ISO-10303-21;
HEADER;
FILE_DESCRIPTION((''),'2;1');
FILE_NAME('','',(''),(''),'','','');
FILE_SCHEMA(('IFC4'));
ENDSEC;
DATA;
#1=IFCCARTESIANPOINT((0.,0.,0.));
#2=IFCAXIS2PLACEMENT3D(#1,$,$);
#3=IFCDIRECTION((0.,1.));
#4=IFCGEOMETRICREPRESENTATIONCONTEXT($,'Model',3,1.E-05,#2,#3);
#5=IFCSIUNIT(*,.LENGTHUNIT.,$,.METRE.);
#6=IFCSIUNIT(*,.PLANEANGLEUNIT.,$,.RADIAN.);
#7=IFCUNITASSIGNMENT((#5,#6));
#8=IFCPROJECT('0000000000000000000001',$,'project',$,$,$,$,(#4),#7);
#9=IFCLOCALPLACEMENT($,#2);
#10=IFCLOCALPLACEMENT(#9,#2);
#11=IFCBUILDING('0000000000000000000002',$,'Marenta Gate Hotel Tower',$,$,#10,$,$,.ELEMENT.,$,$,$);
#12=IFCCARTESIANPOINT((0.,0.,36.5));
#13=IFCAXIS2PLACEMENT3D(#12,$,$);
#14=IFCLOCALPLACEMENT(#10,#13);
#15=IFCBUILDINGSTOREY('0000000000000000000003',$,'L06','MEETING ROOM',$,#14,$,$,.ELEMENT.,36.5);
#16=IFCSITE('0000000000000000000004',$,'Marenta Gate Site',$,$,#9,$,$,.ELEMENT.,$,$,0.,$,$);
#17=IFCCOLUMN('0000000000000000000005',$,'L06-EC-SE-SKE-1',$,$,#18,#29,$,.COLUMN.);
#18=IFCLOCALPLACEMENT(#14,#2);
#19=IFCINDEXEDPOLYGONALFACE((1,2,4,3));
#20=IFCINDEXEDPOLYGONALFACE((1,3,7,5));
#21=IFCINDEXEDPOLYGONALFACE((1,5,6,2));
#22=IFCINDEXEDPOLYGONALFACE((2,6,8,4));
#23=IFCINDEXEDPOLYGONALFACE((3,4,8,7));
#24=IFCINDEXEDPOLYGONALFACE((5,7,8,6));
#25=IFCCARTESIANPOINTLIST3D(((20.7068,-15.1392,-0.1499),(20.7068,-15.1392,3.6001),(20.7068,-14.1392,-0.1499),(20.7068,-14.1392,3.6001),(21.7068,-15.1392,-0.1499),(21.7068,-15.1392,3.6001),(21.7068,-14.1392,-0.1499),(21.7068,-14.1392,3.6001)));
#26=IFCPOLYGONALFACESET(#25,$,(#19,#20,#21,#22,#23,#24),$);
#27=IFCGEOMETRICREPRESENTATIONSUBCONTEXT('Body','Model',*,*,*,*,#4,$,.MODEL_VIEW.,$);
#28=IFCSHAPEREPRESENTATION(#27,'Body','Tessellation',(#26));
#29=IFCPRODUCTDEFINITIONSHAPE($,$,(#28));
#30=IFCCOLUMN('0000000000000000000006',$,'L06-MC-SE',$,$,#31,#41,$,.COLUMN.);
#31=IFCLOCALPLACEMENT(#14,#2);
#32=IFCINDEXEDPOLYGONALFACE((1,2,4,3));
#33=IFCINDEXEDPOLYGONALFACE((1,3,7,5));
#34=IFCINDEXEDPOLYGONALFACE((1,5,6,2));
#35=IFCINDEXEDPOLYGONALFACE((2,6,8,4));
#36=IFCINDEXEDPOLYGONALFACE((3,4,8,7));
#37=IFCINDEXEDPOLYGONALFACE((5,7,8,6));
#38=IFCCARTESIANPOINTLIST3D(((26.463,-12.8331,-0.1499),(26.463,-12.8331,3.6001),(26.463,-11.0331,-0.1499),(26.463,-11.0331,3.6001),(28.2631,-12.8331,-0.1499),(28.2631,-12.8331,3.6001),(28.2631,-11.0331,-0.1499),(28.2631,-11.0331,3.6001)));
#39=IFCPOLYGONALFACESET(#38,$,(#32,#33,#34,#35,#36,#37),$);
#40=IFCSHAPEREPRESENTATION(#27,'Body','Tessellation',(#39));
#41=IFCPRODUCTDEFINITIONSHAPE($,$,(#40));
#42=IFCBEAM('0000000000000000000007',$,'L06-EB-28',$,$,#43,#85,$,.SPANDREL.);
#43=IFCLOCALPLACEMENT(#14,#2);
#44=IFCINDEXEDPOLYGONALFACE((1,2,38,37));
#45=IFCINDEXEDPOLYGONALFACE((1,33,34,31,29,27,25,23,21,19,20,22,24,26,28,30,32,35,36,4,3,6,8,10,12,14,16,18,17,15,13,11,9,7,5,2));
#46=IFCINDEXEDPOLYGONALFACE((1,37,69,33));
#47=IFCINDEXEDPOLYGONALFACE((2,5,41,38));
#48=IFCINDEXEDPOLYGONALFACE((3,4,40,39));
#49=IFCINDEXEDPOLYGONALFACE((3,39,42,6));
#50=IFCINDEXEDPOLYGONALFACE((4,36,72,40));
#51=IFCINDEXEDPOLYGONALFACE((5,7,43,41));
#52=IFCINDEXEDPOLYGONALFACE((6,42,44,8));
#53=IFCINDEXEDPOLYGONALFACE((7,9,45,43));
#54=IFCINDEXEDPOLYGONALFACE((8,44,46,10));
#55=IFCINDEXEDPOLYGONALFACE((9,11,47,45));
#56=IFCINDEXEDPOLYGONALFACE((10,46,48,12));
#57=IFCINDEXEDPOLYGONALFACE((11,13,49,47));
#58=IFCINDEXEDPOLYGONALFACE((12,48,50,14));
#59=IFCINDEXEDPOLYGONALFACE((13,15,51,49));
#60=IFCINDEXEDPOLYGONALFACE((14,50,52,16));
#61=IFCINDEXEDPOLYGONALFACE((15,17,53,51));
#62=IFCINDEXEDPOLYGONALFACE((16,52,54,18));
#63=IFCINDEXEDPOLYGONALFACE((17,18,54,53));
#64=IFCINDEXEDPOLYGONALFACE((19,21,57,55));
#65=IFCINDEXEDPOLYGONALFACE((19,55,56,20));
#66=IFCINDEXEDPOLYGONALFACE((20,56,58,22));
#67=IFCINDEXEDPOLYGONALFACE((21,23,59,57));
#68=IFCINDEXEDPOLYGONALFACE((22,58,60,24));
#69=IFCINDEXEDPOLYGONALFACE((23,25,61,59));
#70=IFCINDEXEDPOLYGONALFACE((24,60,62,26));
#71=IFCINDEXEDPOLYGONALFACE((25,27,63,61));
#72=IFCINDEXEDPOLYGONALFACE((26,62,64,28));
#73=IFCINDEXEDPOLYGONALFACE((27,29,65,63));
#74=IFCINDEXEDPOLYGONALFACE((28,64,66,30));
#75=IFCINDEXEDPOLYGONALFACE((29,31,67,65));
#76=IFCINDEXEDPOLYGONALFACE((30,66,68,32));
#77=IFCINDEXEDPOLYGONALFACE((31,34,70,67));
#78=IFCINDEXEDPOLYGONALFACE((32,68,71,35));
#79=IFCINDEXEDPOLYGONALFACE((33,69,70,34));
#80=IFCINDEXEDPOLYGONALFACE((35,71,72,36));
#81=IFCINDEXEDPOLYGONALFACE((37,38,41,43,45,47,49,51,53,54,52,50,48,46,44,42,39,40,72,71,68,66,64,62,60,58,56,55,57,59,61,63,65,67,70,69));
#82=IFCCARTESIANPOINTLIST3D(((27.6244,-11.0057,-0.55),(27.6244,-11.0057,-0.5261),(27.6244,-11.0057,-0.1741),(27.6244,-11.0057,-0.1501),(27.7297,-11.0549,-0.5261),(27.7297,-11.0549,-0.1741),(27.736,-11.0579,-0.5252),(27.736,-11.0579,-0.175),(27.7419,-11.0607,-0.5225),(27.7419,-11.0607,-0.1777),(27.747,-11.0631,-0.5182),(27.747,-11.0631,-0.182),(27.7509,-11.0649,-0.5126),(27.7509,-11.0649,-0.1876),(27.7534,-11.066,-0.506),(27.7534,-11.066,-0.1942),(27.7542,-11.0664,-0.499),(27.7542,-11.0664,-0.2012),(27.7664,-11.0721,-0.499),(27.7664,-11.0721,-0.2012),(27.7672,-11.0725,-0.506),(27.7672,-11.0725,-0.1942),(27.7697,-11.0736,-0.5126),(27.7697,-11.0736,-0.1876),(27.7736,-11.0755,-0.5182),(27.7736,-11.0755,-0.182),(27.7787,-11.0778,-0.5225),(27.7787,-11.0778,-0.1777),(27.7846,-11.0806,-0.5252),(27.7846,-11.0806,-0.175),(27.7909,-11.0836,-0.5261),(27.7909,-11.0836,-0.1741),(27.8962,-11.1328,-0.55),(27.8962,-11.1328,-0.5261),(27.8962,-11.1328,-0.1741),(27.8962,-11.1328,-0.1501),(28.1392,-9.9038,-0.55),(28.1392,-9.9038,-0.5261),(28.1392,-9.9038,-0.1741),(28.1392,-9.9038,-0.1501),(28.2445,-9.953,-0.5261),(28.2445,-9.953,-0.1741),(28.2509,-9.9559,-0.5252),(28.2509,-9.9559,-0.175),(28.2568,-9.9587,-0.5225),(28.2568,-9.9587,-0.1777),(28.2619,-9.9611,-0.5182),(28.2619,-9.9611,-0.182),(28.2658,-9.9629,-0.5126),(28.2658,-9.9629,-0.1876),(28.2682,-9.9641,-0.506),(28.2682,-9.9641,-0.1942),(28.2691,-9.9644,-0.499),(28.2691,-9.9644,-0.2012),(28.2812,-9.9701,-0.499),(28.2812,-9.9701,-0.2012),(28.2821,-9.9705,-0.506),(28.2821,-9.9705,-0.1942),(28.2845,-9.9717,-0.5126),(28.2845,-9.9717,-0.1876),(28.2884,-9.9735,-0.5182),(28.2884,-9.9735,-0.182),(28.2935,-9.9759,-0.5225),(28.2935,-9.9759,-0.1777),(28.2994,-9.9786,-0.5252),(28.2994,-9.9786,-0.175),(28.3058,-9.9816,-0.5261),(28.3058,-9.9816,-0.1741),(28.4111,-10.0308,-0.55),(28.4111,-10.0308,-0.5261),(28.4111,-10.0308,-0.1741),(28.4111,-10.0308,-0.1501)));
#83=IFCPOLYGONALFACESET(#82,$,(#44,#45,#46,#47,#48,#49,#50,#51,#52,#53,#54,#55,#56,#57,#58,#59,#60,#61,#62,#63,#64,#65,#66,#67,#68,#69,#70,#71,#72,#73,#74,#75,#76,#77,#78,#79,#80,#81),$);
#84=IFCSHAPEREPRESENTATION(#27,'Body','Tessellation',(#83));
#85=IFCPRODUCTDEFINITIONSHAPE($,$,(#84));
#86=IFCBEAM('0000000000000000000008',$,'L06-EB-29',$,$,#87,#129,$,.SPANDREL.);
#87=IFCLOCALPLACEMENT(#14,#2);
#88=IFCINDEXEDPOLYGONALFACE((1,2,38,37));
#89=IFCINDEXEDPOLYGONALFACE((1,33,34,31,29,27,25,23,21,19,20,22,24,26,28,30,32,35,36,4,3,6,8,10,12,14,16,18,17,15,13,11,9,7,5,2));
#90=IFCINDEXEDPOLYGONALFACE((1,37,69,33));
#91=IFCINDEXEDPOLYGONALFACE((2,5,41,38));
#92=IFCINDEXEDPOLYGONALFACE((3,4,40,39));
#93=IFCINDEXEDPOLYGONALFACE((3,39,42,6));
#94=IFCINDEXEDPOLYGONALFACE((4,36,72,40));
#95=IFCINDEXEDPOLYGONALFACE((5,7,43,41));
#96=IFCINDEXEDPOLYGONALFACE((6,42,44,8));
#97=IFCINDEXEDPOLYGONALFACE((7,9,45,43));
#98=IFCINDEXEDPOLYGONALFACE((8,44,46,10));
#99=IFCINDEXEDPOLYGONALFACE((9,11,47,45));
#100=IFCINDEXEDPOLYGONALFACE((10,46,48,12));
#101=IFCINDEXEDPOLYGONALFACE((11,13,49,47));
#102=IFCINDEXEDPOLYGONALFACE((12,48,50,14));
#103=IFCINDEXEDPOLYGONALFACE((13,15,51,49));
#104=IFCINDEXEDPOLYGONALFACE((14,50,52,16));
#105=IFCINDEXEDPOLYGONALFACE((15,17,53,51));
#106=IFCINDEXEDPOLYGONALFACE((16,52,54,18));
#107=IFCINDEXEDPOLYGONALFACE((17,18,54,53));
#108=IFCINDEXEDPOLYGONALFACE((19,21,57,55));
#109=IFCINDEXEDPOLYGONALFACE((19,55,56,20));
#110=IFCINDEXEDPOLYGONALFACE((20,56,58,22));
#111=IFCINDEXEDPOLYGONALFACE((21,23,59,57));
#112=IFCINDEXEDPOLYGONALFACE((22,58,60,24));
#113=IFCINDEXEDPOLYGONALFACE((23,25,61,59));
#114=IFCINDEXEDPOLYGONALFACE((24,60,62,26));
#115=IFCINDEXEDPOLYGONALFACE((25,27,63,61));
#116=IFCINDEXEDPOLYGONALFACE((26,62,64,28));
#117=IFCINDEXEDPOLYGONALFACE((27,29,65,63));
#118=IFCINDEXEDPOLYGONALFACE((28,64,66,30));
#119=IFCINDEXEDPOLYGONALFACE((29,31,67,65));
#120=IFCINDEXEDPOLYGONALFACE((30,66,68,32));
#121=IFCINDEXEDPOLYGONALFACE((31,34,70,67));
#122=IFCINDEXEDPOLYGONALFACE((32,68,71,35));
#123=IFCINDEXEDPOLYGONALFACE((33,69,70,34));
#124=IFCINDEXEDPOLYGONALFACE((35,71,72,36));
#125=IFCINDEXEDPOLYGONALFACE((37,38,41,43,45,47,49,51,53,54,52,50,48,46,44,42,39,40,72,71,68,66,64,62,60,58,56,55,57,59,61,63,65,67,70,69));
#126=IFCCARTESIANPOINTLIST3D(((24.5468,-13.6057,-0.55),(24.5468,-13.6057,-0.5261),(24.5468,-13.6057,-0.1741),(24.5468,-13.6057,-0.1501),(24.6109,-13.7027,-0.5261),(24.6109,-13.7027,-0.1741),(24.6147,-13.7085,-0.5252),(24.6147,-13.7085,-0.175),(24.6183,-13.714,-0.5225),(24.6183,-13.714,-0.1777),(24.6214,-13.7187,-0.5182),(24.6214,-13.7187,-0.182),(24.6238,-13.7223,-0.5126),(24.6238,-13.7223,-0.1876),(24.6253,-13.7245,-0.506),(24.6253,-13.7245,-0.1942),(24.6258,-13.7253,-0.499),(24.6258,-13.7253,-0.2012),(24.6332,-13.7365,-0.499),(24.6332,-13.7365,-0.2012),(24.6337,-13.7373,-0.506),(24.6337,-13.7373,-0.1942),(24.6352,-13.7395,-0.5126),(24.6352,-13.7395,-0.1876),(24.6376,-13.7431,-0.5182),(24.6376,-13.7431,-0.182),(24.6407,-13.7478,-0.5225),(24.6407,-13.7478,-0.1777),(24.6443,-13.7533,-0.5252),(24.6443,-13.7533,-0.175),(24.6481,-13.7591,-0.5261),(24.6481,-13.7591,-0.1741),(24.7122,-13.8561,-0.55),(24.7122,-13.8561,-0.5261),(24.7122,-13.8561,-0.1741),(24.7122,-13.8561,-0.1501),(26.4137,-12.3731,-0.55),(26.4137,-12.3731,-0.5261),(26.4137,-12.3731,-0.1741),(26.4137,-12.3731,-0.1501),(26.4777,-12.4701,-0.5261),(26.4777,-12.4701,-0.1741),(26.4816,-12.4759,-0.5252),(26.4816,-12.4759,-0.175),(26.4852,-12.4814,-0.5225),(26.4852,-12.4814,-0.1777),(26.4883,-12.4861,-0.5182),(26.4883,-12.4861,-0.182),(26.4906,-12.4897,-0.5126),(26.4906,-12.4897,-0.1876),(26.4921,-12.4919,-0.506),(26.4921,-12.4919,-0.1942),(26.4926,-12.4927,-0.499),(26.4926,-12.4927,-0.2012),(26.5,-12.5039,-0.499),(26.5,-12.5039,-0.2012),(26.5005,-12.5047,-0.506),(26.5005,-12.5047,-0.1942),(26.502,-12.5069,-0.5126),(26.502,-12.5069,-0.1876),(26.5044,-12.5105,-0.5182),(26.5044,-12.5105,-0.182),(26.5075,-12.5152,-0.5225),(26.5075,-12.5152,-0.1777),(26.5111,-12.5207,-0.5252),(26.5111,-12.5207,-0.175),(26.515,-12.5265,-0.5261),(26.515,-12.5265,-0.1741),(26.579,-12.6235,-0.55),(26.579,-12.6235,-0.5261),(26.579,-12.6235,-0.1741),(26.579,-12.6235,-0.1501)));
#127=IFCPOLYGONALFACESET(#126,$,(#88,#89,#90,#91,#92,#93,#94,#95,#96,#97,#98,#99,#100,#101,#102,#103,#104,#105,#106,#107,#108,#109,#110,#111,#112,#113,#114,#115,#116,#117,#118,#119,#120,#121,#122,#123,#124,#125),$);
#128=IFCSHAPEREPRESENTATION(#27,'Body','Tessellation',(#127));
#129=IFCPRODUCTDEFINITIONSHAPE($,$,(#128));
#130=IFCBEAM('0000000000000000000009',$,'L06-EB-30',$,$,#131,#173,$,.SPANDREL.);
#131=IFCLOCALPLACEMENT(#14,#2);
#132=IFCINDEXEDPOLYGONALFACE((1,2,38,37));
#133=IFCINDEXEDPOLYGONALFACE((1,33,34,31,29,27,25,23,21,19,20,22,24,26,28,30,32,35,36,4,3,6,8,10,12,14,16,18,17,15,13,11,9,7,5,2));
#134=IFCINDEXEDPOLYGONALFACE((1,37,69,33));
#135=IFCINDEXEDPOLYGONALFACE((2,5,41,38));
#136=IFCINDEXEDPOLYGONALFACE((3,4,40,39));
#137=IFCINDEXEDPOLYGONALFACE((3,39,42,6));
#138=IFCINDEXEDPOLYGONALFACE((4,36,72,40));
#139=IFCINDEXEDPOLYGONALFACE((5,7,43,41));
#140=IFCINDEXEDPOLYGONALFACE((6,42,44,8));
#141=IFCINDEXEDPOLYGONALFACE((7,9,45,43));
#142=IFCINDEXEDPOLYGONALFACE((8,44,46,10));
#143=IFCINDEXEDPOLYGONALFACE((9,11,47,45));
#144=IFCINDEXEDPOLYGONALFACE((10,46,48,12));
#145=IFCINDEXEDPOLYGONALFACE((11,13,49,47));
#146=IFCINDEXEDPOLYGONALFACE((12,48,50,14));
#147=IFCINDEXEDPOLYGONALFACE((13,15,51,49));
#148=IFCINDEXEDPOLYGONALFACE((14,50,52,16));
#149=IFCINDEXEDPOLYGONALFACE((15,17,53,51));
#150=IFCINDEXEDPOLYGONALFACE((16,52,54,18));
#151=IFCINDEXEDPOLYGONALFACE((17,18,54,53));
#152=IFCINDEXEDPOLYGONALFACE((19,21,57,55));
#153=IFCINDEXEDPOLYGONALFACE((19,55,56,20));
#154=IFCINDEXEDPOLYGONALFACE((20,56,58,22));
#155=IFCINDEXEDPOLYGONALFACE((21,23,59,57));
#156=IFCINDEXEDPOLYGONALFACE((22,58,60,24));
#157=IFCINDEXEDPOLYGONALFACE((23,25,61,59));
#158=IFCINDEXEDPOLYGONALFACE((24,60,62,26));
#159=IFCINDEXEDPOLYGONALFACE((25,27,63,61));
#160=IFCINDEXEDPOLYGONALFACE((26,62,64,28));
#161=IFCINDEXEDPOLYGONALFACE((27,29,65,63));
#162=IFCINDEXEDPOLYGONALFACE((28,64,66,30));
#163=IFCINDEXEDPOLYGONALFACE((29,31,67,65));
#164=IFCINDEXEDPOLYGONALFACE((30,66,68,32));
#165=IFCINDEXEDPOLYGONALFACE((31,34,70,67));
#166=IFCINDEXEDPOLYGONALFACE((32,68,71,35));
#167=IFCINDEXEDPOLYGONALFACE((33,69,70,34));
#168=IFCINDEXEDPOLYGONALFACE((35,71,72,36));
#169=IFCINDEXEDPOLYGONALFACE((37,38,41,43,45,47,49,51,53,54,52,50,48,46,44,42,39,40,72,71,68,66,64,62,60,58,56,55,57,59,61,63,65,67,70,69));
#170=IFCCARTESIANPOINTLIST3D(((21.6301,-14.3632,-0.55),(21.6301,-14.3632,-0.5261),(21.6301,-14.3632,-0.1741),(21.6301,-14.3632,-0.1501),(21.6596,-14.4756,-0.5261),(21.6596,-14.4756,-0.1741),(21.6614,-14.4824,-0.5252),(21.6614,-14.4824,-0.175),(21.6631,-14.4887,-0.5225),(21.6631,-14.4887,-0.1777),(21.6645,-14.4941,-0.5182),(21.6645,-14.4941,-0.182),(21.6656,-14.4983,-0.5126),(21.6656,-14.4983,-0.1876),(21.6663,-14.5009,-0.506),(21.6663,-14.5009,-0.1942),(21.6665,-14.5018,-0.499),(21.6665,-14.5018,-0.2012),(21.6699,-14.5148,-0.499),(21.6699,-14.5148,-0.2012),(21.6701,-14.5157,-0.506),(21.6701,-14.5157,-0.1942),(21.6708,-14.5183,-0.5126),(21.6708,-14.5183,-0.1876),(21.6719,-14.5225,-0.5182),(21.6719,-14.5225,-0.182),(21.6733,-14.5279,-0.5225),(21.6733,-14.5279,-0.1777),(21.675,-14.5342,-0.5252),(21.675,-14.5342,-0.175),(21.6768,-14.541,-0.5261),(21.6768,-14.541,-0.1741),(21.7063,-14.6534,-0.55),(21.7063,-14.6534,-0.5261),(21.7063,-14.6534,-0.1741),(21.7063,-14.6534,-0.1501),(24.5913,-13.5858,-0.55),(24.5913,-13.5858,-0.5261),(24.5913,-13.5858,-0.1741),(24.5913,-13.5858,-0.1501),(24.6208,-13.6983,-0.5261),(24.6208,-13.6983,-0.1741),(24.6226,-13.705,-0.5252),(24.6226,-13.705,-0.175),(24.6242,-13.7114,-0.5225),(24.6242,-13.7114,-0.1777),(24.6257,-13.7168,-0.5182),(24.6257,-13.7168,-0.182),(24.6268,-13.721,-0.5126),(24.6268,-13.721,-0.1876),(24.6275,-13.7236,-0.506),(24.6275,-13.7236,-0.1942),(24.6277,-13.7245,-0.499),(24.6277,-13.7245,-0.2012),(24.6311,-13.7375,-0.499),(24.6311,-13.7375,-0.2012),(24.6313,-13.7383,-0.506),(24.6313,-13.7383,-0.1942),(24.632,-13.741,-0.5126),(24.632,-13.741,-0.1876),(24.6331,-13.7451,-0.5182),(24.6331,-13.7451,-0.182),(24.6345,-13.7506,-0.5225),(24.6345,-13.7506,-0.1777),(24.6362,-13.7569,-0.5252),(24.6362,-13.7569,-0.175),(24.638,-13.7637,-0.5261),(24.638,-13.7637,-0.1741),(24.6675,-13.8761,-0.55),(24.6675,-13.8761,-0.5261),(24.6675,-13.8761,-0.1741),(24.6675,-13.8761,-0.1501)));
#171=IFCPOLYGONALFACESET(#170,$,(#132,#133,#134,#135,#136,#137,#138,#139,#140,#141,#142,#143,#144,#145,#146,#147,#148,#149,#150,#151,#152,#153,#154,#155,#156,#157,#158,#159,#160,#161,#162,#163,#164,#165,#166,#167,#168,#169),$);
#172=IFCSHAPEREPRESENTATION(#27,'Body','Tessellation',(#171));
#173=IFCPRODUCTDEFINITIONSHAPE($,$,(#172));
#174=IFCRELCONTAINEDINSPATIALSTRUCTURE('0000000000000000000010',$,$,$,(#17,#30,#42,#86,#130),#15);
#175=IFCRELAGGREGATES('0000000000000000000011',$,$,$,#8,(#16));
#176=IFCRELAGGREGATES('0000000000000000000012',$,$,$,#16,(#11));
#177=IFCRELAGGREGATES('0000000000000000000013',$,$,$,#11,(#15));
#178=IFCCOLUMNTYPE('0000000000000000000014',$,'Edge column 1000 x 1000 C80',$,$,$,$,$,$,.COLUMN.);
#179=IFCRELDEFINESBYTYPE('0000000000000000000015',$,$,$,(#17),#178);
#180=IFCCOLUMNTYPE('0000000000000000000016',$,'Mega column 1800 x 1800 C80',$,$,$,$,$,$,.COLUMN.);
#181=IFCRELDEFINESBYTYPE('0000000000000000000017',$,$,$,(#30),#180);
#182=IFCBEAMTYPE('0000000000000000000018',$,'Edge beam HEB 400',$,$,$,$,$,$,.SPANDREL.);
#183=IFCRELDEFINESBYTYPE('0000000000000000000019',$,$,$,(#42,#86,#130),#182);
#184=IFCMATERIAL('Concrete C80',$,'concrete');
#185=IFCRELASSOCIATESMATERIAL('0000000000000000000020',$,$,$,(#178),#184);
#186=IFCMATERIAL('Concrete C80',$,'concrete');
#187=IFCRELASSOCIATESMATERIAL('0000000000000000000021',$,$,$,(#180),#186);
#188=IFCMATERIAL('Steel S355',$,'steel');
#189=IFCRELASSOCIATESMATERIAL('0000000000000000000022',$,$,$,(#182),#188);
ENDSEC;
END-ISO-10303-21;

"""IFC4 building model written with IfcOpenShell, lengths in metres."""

from ifc_helpers import new_model, si_unit, direction, frame, origin, origin_2d, place, context, subcontext, project, spatial, rectangle, i_section, extrude, material, material_profile, profile_set, type_object, element, save


model = new_model("IFC4")

# Units and contexts
model_context = context("Model", 3, precision=1e-05, world=origin(), true_north=direction((0.0, 1.0)))
body_context = subcontext(model_context, "Body", "Model", "MODEL_VIEW")
ifc_project = project(units=[si_unit("LENGTHUNIT", "METRE"), si_unit("PLANEANGLEUNIT", "RADIAN")], contexts=[model_context])

# Site, building, storey
site_placement = place(None, origin())
site = spatial("IfcSite", under=ifc_project, at=site_placement, Name="Marenta Gate Site", CompositionType="ELEMENT", RefElevation=0.0)
building_placement = place(site_placement, origin())
building = spatial("IfcBuilding", under=site, at=building_placement, Name="Marenta Gate Hotel Tower", CompositionType="ELEMENT")
storey_placement = place(building_placement, frame((0.0, 0.0, 36.5)))
storey = spatial("IfcBuildingStorey", under=building, at=storey_placement, Name="L06", Description="MEETING ROOM", CompositionType="ELEMENT", Elevation=36.5)

# Columns
ifc_material_1 = material(Name="Concrete C80", Category="concrete")
ifc_material_profile_1 = material_profile(ifc_material_1, rectangle(XDim=1.0, YDim=1.0, at=origin_2d()), Name="1000 x 1000")
ifc_profile_set_1 = profile_set([ifc_material_profile_1], Name="Concrete C80")
column_type_1 = type_object("IfcColumnType", Name="Edge column 1000 x 1000 C80", PredefinedType="COLUMN", material=ifc_profile_set_1)
column_1_placement = place(storey_placement, frame((21.2068, -14.6392, -0.1499), z_axis=(0.0, 0.0, 1.0), x_axis=(1.0, 0.0, 0.0)))
element("IfcColumn", 1, at=column_1_placement, inside=storey, type_object=column_type_1, Name="L06-EC-SE-SKE-1", PredefinedType="COLUMN", context=body_context, shape_type="SweptSolid", body=[
    extrude(rectangle(XDim=1.0, YDim=1.0, at=origin_2d()), origin(), (0.0, 0.0, 1.0), 3.75),
])
ifc_material_2 = material(Name="Concrete C80", Category="concrete")
ifc_material_profile_2 = material_profile(ifc_material_2, rectangle(XDim=1.8, YDim=1.8, at=origin_2d()), Name="1800 x 1800")
ifc_profile_set_2 = profile_set([ifc_material_profile_2], Name="Concrete C80")
column_type_2 = type_object("IfcColumnType", Name="Mega column 1800 x 1800 C80", PredefinedType="COLUMN", material=ifc_profile_set_2)
column_2_placement = place(storey_placement, frame((27.363, -11.9331, -0.1499), z_axis=(0.0, 0.0, 1.0), x_axis=(1.0, 0.0, 0.0)))
element("IfcColumn", 2, at=column_2_placement, inside=storey, type_object=column_type_2, Name="L06-MC-SE", PredefinedType="COLUMN", context=body_context, shape_type="SweptSolid", body=[
    extrude(rectangle(XDim=1.8, YDim=1.8, at=origin_2d()), origin(), (0.0, 0.0, 1.0), 3.75),
])

# Beams
ifc_material_3 = material(Name="Steel S355", Category="steel")
ifc_material_profile_3 = material_profile(ifc_material_3, i_section(OverallWidth=0.3, OverallDepth=0.3999, WebThickness=0.0134, FlangeThickness=0.0239, FilletRadius=0.0271, at=origin_2d()), Name="HEB 400")
ifc_profile_set_3 = profile_set([ifc_material_profile_3], Name="Steel S355")
beam_type_1 = type_object("IfcBeamType", Name="Edge beam HEB 400", PredefinedType="SPANDREL", material=ifc_profile_set_3)
beam_1_placement = place(storey_placement, frame((28.2751, -9.9673, -0.3501), z_axis=(-0.423292, -0.905993, 0.0), x_axis=(0.905993, -0.423292, 0.0)))
element("IfcBeam", 3, at=beam_1_placement, inside=storey, type_object=beam_type_1, Name="L06-EB-28", PredefinedType="SPANDREL", context=body_context, shape_type="SweptSolid", body=[
    extrude(i_section(OverallWidth=0.3, OverallDepth=0.3999, WebThickness=0.0134, FlangeThickness=0.0239, FilletRadius=0.0271, at=origin_2d()), origin(), (0.0, 0.0, 1.0), 1.2163),
])
beam_2_placement = place(storey_placement, frame((26.4963, -12.4983, -0.3501), z_axis=(-0.83451, -0.550993, 0.0), x_axis=(0.550993, -0.83451, 0.0)))
element("IfcBeam", 4, at=beam_2_placement, inside=storey, type_object=beam_type_1, Name="L06-EB-29", PredefinedType="SPANDREL", context=body_context, shape_type="SweptSolid", body=[
    extrude(i_section(OverallWidth=0.3, OverallDepth=0.3999, WebThickness=0.0134, FlangeThickness=0.0239, FilletRadius=0.0271, at=origin_2d()), origin(), (0.0, 0.0, 1.0), 2.2371),
])
beam_3_placement = place(storey_placement, frame((24.6294, -13.731, -0.3501), z_axis=(-0.967228, -0.253908, 0.0), x_axis=(0.253908, -0.967228, 0.0)))
element("IfcBeam", 5, at=beam_3_placement, inside=storey, type_object=beam_type_1, Name="L06-EB-30", PredefinedType="SPANDREL", context=body_context, shape_type="SweptSolid", body=[
    extrude(i_section(OverallWidth=0.3, OverallDepth=0.3999, WebThickness=0.0134, FlangeThickness=0.0239, FilletRadius=0.0271, at=origin_2d()), origin(), (0.0, 0.0, 1.0), 3.0615),
])

save(model, "model.ifc")
